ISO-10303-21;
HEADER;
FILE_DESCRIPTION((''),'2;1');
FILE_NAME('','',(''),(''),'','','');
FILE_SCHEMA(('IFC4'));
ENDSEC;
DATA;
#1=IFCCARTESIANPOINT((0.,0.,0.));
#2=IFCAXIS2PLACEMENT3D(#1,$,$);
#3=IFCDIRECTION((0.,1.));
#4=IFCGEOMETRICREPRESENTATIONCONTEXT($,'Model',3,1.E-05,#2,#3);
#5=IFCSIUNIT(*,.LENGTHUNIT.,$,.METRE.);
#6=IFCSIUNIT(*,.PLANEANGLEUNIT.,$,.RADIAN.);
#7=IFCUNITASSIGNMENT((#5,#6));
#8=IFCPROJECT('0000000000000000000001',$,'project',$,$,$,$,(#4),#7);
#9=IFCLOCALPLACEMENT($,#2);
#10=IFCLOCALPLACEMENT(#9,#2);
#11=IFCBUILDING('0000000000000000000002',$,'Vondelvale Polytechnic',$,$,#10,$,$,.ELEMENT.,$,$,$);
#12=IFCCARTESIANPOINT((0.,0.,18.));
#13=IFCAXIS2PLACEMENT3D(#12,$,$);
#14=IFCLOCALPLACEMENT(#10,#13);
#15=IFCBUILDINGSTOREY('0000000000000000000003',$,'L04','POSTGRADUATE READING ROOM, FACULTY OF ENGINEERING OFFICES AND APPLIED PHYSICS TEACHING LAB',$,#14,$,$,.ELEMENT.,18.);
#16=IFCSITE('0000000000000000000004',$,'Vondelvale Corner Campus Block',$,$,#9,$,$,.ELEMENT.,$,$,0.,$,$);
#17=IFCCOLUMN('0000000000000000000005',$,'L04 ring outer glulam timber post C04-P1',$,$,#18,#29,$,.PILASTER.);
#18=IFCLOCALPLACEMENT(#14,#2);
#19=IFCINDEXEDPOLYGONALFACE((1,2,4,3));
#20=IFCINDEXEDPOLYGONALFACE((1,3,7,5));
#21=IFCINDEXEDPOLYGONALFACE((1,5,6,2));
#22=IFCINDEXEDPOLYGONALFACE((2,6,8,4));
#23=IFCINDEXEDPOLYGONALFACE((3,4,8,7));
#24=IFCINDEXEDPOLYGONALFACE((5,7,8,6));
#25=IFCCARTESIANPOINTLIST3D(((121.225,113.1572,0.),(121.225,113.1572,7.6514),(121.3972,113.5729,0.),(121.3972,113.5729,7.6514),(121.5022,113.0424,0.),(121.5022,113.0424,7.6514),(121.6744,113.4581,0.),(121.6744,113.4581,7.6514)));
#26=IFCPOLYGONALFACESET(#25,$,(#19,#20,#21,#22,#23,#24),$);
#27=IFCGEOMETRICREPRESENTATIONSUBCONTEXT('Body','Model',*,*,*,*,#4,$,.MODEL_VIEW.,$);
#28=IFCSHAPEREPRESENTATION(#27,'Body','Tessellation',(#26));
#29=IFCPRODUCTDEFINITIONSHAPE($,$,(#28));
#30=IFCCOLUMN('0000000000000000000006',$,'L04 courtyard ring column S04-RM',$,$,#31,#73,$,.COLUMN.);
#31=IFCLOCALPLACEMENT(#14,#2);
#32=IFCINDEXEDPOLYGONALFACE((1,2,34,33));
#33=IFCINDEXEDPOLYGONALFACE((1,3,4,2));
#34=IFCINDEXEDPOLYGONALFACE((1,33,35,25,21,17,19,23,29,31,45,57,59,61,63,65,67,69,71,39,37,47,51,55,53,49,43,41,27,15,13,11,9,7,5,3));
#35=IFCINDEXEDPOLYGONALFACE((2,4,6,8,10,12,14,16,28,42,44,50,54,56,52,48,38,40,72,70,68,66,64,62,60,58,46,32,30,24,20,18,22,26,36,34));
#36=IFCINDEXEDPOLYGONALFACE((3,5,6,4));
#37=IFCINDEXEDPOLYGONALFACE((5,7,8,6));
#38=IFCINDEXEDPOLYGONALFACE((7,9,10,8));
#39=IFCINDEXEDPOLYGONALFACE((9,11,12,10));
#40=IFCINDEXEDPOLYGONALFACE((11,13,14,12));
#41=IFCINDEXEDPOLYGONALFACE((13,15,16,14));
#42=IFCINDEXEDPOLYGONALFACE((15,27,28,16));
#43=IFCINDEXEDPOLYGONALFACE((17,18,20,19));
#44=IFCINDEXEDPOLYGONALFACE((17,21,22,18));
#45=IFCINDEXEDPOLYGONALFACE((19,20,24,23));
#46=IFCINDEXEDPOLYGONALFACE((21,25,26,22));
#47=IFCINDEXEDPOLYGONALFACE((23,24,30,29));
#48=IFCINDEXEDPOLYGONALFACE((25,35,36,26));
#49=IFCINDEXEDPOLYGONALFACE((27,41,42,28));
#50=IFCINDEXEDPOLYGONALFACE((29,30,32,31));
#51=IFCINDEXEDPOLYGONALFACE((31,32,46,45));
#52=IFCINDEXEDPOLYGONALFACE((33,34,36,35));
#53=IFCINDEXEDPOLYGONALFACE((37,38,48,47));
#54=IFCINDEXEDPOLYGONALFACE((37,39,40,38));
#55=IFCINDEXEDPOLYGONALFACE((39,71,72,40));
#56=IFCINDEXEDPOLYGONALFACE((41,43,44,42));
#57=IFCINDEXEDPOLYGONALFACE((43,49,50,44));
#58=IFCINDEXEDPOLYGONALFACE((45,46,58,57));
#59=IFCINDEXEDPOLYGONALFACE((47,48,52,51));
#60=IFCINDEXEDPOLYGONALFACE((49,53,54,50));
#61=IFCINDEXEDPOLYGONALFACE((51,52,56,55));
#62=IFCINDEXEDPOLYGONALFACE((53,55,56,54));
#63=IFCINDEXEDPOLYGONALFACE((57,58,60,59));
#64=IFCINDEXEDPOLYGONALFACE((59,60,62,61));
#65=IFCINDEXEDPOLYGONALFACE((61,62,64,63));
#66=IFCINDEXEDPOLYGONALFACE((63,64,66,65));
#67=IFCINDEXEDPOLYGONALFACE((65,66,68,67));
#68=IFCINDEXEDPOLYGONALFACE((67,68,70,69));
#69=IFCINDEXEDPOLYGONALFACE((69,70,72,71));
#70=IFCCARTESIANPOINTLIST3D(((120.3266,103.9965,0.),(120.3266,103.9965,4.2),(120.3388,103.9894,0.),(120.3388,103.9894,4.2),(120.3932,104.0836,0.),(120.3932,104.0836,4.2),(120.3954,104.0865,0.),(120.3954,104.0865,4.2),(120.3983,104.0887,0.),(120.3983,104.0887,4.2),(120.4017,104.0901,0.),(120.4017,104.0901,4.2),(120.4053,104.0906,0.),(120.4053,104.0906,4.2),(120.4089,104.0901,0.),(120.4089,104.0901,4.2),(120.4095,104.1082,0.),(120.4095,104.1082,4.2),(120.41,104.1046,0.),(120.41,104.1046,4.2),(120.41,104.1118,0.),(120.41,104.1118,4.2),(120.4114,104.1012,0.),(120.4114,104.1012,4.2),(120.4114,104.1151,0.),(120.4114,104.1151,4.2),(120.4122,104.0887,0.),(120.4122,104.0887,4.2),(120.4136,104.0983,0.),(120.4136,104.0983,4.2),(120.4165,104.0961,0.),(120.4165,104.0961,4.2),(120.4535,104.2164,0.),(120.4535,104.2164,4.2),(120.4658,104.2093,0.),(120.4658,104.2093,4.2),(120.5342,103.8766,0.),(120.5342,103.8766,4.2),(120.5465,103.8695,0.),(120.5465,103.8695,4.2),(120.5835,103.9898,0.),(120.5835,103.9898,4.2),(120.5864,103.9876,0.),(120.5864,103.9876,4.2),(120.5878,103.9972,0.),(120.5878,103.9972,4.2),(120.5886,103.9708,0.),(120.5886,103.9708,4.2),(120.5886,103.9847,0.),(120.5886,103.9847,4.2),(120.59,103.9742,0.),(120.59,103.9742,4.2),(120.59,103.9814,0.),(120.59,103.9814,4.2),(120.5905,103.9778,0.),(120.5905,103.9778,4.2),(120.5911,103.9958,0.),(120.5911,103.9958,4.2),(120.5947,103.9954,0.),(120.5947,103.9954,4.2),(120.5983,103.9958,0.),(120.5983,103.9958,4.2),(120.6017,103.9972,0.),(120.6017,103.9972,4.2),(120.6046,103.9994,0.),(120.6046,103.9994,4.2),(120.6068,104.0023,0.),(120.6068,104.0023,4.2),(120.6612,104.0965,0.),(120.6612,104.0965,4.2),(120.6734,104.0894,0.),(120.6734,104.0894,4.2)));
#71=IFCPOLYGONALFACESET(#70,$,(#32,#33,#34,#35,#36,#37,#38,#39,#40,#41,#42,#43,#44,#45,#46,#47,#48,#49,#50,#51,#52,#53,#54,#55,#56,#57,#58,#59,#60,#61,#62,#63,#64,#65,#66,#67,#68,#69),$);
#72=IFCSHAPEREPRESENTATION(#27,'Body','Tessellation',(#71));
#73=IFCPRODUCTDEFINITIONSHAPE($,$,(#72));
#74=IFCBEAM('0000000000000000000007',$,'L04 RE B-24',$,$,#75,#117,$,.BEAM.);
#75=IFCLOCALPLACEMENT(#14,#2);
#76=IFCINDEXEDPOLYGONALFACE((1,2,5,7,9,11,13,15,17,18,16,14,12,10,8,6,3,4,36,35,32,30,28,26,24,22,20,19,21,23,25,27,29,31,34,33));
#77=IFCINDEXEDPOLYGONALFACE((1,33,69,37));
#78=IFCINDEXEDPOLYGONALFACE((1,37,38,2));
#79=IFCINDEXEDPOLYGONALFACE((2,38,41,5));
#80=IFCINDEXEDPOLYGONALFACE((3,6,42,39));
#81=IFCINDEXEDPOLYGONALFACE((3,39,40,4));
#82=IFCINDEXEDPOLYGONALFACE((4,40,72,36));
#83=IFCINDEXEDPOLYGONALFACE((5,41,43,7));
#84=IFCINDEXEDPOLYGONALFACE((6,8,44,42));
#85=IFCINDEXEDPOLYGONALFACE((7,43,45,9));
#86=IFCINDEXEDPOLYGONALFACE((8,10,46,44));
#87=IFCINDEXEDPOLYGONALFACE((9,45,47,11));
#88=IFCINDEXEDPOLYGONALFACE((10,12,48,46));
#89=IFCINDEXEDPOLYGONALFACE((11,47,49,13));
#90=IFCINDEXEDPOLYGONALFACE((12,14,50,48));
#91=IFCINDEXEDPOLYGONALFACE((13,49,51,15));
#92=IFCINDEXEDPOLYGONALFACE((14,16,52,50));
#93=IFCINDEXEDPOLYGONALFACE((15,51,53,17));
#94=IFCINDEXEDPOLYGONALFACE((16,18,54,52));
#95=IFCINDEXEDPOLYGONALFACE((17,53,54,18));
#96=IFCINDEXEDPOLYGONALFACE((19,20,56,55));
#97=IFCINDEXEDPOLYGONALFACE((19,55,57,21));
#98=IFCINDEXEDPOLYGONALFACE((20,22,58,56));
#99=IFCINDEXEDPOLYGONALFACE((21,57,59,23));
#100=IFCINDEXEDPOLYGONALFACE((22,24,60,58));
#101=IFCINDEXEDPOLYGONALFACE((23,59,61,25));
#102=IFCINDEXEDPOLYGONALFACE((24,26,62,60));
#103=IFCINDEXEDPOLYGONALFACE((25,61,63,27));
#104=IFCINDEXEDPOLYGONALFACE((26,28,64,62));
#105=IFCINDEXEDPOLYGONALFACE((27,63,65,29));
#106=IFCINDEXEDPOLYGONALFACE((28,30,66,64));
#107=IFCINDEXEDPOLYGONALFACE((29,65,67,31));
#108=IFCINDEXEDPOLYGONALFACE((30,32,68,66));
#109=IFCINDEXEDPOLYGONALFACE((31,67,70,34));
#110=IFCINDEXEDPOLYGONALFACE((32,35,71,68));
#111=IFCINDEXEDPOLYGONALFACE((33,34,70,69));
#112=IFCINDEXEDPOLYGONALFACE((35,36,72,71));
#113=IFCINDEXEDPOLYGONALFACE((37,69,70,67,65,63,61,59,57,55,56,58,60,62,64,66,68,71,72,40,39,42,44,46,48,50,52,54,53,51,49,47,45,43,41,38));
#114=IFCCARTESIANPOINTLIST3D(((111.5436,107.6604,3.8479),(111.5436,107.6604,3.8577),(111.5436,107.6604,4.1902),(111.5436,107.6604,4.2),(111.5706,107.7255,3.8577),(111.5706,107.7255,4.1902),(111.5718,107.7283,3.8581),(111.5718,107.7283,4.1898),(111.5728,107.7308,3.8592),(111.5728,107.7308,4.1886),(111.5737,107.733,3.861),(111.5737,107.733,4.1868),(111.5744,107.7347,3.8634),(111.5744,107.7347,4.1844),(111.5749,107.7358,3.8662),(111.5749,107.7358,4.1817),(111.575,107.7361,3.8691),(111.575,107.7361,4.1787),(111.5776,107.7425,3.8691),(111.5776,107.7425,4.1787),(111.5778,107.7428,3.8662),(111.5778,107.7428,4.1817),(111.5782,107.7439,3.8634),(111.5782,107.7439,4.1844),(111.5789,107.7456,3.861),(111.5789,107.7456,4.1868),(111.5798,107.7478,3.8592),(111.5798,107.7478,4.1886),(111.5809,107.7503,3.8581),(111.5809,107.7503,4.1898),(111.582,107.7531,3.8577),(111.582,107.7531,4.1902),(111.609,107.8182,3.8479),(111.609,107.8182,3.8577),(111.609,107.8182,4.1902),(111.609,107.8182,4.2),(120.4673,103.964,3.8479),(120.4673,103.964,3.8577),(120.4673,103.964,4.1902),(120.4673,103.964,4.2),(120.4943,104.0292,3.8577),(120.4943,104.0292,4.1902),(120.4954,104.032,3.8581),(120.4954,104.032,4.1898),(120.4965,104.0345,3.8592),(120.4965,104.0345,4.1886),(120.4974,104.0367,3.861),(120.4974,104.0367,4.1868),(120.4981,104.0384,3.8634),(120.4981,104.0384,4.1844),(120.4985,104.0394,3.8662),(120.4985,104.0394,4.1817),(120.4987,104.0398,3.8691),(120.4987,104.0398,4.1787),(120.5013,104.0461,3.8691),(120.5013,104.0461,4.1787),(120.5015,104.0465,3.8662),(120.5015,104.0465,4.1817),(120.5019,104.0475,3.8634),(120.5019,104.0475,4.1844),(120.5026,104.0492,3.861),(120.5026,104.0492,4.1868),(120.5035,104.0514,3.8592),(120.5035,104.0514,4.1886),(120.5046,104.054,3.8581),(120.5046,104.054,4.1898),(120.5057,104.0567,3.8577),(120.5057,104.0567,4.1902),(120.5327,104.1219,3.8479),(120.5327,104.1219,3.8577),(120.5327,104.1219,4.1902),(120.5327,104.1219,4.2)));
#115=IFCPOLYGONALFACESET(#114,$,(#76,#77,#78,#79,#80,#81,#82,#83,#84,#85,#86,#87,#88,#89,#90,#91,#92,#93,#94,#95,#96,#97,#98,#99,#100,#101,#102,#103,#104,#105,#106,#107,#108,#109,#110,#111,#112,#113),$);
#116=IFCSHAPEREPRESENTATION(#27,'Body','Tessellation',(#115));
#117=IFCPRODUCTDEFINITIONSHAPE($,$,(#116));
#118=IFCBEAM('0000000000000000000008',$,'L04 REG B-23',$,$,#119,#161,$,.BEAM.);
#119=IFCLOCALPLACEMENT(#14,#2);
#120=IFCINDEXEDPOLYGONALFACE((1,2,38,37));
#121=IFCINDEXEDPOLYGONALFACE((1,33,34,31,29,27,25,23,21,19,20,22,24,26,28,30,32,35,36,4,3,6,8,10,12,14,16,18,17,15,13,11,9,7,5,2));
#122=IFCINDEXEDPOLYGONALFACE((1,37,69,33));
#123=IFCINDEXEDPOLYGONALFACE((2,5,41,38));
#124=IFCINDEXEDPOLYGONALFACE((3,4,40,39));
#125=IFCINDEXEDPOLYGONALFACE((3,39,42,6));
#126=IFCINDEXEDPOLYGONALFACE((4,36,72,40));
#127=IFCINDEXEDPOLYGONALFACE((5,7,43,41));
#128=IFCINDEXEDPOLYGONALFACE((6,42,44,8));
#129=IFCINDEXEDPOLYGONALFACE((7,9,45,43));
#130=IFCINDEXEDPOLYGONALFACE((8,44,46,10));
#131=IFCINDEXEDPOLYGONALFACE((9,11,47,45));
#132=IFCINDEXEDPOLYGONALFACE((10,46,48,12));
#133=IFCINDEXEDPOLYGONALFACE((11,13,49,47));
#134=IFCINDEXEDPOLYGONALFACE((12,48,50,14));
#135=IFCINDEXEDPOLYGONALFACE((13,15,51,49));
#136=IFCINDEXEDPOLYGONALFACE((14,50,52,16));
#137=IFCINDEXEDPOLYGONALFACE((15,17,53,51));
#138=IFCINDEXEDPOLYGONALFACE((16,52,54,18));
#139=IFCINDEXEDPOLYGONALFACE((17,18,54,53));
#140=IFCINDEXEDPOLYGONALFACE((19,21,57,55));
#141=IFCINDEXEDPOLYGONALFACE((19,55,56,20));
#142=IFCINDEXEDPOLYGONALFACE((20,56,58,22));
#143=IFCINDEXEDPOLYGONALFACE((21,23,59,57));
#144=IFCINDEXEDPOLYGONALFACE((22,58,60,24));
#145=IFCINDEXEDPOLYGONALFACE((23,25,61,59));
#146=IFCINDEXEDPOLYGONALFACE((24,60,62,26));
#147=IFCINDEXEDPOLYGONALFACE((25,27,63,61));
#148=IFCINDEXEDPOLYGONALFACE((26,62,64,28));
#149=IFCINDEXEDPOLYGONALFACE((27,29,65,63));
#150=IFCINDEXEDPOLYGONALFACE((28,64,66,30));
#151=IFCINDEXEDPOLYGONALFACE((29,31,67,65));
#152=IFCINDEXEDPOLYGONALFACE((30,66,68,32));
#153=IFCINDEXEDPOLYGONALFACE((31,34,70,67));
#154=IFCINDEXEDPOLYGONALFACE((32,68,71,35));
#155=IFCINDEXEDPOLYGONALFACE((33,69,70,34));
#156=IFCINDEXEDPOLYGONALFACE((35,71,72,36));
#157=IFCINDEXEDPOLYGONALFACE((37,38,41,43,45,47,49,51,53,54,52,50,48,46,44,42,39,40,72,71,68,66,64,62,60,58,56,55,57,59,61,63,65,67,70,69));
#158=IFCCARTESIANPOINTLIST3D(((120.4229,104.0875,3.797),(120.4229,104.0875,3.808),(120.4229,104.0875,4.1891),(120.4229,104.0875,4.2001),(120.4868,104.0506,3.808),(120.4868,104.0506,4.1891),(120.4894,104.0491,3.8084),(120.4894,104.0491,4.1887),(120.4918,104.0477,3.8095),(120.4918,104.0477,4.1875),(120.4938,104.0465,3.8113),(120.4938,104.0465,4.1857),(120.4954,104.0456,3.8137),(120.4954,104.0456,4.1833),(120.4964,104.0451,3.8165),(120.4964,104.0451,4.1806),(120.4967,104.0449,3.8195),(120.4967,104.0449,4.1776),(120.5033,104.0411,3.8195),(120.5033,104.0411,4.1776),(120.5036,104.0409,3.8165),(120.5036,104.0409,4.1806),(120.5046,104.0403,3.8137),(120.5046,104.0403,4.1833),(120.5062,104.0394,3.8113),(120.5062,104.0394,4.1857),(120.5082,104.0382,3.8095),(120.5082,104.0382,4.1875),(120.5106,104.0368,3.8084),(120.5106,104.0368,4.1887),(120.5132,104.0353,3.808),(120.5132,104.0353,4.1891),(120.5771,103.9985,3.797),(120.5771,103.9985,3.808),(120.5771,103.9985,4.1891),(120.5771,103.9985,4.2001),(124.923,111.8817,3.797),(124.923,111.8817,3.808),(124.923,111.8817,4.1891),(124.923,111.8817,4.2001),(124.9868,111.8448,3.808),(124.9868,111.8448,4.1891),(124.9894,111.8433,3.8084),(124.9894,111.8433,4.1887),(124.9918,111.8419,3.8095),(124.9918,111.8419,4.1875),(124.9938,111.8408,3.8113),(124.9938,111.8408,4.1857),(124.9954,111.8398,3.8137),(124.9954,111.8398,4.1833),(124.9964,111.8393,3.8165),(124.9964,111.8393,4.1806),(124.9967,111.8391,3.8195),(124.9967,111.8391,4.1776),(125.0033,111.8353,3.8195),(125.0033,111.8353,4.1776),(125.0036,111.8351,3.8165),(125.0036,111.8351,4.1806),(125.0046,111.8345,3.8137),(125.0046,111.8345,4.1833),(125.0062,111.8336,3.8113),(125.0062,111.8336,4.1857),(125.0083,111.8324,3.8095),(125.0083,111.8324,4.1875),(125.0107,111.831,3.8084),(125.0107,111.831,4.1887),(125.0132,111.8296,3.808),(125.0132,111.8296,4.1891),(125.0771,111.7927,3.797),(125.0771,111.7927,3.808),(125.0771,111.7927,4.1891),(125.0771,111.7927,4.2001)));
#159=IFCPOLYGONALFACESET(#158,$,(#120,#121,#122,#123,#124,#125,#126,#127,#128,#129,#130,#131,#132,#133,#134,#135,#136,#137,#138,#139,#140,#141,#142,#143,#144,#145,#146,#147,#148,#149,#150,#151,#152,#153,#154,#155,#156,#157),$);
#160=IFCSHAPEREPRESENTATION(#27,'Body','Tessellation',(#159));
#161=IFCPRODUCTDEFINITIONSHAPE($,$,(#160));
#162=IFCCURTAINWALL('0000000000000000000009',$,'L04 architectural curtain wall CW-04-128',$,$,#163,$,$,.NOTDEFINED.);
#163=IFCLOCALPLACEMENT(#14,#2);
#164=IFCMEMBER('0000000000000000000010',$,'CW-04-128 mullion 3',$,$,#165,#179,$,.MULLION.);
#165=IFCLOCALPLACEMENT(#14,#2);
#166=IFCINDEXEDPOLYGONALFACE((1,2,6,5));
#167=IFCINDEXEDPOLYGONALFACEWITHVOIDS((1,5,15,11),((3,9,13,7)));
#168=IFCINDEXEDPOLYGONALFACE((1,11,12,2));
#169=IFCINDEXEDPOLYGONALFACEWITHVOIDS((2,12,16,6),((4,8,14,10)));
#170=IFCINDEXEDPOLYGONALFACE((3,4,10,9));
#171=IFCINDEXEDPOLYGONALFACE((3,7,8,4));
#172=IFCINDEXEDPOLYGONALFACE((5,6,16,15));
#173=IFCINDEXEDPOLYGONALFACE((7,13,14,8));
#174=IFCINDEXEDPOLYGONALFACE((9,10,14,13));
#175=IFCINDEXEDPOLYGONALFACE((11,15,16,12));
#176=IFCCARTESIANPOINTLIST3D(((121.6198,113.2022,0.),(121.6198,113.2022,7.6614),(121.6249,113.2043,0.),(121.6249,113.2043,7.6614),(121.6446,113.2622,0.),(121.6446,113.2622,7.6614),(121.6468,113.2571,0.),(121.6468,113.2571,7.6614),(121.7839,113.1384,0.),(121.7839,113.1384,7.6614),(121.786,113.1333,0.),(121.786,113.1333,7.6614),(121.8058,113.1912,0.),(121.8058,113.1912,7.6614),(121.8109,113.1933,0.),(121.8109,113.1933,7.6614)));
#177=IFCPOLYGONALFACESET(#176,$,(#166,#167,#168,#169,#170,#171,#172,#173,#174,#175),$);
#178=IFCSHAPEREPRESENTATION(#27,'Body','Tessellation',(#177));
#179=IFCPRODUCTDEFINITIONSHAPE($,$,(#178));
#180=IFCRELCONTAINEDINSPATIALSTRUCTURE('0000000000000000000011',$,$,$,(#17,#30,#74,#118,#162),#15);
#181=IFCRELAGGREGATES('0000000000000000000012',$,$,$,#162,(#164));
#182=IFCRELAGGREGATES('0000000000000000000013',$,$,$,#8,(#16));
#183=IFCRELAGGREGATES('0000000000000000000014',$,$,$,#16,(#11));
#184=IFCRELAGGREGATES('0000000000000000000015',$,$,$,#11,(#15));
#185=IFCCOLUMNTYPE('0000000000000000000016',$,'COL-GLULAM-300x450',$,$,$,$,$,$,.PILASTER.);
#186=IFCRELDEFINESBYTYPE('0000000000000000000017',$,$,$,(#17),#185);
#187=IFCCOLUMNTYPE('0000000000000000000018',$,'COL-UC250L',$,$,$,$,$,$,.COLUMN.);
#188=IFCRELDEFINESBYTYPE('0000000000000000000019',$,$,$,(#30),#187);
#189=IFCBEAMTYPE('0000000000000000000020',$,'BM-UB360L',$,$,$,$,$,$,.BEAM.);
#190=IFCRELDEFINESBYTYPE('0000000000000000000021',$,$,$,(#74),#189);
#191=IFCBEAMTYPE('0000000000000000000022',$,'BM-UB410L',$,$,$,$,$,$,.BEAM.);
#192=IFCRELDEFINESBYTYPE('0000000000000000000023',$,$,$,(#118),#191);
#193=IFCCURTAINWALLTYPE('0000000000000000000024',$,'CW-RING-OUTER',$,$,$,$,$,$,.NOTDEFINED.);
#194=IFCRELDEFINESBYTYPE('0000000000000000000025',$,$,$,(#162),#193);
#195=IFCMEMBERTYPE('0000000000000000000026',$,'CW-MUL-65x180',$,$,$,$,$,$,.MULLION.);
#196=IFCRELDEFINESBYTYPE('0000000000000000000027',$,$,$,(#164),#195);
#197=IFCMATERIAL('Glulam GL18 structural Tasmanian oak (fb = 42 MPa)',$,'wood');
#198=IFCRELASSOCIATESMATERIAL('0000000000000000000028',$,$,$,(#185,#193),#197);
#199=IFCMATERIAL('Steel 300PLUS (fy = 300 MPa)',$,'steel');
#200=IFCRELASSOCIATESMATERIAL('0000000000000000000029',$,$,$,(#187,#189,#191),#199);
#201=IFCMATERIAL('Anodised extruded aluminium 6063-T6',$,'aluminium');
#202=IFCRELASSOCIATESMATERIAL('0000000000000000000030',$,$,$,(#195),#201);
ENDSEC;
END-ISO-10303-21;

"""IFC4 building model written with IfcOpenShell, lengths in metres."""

from ifc_helpers import new_model, si_unit, direction, frame, origin, origin_2d, place, context, subcontext, project, spatial, rectangle, hollow_rectangle, i_section, extrude, material, material_profile, profile_set, type_object, element, aggregate, save


model = new_model("IFC4")

# Units and contexts
model_context = context("Model", 3, precision=1e-05, world=origin(), true_north=direction((0.0, 1.0)))
body_context = subcontext(model_context, "Body", "Model", "MODEL_VIEW")
ifc_project = project(units=[si_unit("LENGTHUNIT", "METRE"), si_unit("PLANEANGLEUNIT", "RADIAN")], contexts=[model_context])

# Site, building, storey
site_placement = place(None, origin())
site = spatial("IfcSite", under=ifc_project, at=site_placement, Name="Vondelvale Corner Campus Block", CompositionType="ELEMENT", RefElevation=0.0)
building_placement = place(site_placement, origin())
building = spatial("IfcBuilding", under=site, at=building_placement, Name="Vondelvale Polytechnic", CompositionType="ELEMENT")
storey_placement = place(building_placement, frame((0.0, 0.0, 18.0)))
storey = spatial("IfcBuildingStorey", under=building, at=storey_placement, Name="L04", Description="POSTGRADUATE READING ROOM, FACULTY OF ENGINEERING OFFICES AND APPLIED PHYSICS TEACHING LAB", CompositionType="ELEMENT", Elevation=18.0)

# Columns
ifc_material_1 = material(Name="Glulam GL18 structural Tasmanian oak (fb = 42 MPa)", Category="wood")
ifc_material_profile_1 = material_profile(ifc_material_1, rectangle(XDim=0.3, YDim=0.45, at=origin_2d()), Name="GL-POST-300x450")
ifc_profile_set_1 = profile_set([ifc_material_profile_1], Name="Glulam GL18 structural Tasmanian oak (fb = 42 MPa)")
column_type_1 = type_object("IfcColumnType", Name="COL-GLULAM-300x450", PredefinedType="PILASTER", material=ifc_profile_set_1)
column_1_placement = place(storey_placement, frame((121.4497, 113.3076, 0.0), z_axis=(0.0, 0.0, 1.0), x_axis=(-0.92388, 0.382683, 0.0)))
element("IfcColumn", 1, at=column_1_placement, inside=storey, type_object=column_type_1, Name="L04 ring outer glulam timber post C04-P1", PredefinedType="PILASTER", context=body_context, shape_type="SweptSolid", body=[
    extrude(rectangle(XDim=0.3, YDim=0.45, at=origin_2d()), origin(), (0.0, 0.0, 1.0), 7.6514),
])
ifc_material_2 = material(Name="Steel 300PLUS (fy = 300 MPa)", Category="steel")
ifc_material_profile_2 = material_profile(ifc_material_2, i_section(OverallWidth=0.2539, OverallDepth=0.2539, WebThickness=0.0085, FlangeThickness=0.0142, FilletRadius=0.0139, at=origin_2d()), Name="250UC72.9")
ifc_profile_set_2 = profile_set([ifc_material_profile_2], Name="Steel 300PLUS (fy = 300 MPa)")
column_type_2 = type_object("IfcColumnType", Name="COL-UC250L", PredefinedType="COLUMN", material=ifc_profile_set_2)
column_2_placement = place(storey_placement, frame((120.5, 104.043, 0.0), z_axis=(0.0, 0.0, 1.0), x_axis=(0.5, 0.866025, 0.0)))
element("IfcColumn", 2, at=column_2_placement, inside=storey, type_object=column_type_2, Name="L04 courtyard ring column S04-RM", PredefinedType="COLUMN", context=body_context, shape_type="SweptSolid", body=[
    extrude(i_section(OverallWidth=0.2539, OverallDepth=0.2539, WebThickness=0.0085, FlangeThickness=0.0142, FilletRadius=0.0139, at=origin_2d()), origin(), (0.0, 0.0, 1.0), 4.2),
])

# Beams
ifc_material_profile_3 = material_profile(ifc_material_2, i_section(OverallWidth=0.1709, OverallDepth=0.3521, WebThickness=0.0068, FlangeThickness=0.0098, FilletRadius=0.0115, at=origin_2d()), Name="360UB44.7")
ifc_profile_set_3 = profile_set([ifc_material_profile_3], Name="Steel 300PLUS (fy = 300 MPa)")
beam_type_1 = type_object("IfcBeamType", Name="BM-UB360L", PredefinedType="BEAM", material=ifc_profile_set_3)
beam_1_placement = place(storey_placement, frame((120.5, 104.043, 4.0239), z_axis=(-0.923879, 0.382685, 0.0), x_axis=(-0.382685, -0.923879, 0.0)))
element("IfcBeam", 3, at=beam_1_placement, inside=storey, type_object=beam_type_1, Name="L04 RE B-24", PredefinedType="BEAM", context=body_context, shape_type="SweptSolid", body=[
    extrude(i_section(OverallWidth=0.1709, OverallDepth=0.3521, WebThickness=0.0068, FlangeThickness=0.0098, FilletRadius=0.0115, at=origin_2d()), origin(), (0.0, 0.0, 1.0), 9.6589),
])
ifc_material_profile_4 = material_profile(ifc_material_2, i_section(OverallWidth=0.178, OverallDepth=0.4031, WebThickness=0.0076, FlangeThickness=0.011, FilletRadius=0.0115, at=origin_2d()), Name="410UB53.7")
ifc_profile_set_4 = profile_set([ifc_material_profile_4], Name="Steel 300PLUS (fy = 300 MPa)")
beam_type_2 = type_object("IfcBeamType", Name="BM-UB410L", PredefinedType="BEAM", material=ifc_profile_set_4)
beam_2_placement = place(storey_placement, frame((120.5, 104.043, 3.9985), z_axis=(0.500002, 0.866024, 0.0), x_axis=(-0.866024, 0.500002, 0.0)))
element("IfcBeam", 4, at=beam_2_placement, inside=storey, type_object=beam_type_2, Name="L04 REG B-23", PredefinedType="BEAM", context=body_context, shape_type="SweptSolid", body=[
    extrude(i_section(OverallWidth=0.178, OverallDepth=0.4031, WebThickness=0.0076, FlangeThickness=0.011, FilletRadius=0.0115, at=origin_2d()), origin(), (0.0, 0.0, 1.0), 9.0),
])

# Curtain wall, member
curtain_wall_type = type_object("IfcCurtainWallType", Name="CW-RING-OUTER", PredefinedType="NOTDEFINED", material=ifc_material_1)
curtain_wall_1_placement = place(storey_placement, origin())
curtain_wall_1 = element("IfcCurtainWall", 5, at=curtain_wall_1_placement, inside=storey, type_object=curtain_wall_type, Name="L04 architectural curtain wall CW-04-128", PredefinedType="NOTDEFINED")
ifc_material_3 = material(Name="Anodised extruded aluminium 6063-T6", Category="aluminium")
ifc_material_profile_5 = material_profile(ifc_material_3, hollow_rectangle(XDim=0.0649, YDim=0.1799, WallThickness=0.0039, at=origin_2d()), Name="CW-MUL-180x65")
ifc_profile_set_5 = profile_set([ifc_material_profile_5], Name="Anodised extruded aluminium 6063-T6")
member_type_1 = type_object("IfcMemberType", Name="CW-MUL-65x180", PredefinedType="MULLION", material=ifc_profile_set_5)
member_1_placement = place(storey_placement, frame((121.7153, 113.1978, 0.0), z_axis=(0.0, 0.0, 1.0), x_axis=(-0.382677, -0.923882, 0.0)))
member_1 = element("IfcMember", 6, at=member_1_placement, type_object=member_type_1, Name="CW-04-128 mullion 3", PredefinedType="MULLION", context=body_context, shape_type="SweptSolid", body=[
    extrude(hollow_rectangle(XDim=0.0649, YDim=0.1799, WallThickness=0.0039, at=origin_2d()), origin(), (0.0, 0.0, 1.0), 7.6614),
])

aggregate(curtain_wall_1, [member_1])

save(model, "model.ifc")
